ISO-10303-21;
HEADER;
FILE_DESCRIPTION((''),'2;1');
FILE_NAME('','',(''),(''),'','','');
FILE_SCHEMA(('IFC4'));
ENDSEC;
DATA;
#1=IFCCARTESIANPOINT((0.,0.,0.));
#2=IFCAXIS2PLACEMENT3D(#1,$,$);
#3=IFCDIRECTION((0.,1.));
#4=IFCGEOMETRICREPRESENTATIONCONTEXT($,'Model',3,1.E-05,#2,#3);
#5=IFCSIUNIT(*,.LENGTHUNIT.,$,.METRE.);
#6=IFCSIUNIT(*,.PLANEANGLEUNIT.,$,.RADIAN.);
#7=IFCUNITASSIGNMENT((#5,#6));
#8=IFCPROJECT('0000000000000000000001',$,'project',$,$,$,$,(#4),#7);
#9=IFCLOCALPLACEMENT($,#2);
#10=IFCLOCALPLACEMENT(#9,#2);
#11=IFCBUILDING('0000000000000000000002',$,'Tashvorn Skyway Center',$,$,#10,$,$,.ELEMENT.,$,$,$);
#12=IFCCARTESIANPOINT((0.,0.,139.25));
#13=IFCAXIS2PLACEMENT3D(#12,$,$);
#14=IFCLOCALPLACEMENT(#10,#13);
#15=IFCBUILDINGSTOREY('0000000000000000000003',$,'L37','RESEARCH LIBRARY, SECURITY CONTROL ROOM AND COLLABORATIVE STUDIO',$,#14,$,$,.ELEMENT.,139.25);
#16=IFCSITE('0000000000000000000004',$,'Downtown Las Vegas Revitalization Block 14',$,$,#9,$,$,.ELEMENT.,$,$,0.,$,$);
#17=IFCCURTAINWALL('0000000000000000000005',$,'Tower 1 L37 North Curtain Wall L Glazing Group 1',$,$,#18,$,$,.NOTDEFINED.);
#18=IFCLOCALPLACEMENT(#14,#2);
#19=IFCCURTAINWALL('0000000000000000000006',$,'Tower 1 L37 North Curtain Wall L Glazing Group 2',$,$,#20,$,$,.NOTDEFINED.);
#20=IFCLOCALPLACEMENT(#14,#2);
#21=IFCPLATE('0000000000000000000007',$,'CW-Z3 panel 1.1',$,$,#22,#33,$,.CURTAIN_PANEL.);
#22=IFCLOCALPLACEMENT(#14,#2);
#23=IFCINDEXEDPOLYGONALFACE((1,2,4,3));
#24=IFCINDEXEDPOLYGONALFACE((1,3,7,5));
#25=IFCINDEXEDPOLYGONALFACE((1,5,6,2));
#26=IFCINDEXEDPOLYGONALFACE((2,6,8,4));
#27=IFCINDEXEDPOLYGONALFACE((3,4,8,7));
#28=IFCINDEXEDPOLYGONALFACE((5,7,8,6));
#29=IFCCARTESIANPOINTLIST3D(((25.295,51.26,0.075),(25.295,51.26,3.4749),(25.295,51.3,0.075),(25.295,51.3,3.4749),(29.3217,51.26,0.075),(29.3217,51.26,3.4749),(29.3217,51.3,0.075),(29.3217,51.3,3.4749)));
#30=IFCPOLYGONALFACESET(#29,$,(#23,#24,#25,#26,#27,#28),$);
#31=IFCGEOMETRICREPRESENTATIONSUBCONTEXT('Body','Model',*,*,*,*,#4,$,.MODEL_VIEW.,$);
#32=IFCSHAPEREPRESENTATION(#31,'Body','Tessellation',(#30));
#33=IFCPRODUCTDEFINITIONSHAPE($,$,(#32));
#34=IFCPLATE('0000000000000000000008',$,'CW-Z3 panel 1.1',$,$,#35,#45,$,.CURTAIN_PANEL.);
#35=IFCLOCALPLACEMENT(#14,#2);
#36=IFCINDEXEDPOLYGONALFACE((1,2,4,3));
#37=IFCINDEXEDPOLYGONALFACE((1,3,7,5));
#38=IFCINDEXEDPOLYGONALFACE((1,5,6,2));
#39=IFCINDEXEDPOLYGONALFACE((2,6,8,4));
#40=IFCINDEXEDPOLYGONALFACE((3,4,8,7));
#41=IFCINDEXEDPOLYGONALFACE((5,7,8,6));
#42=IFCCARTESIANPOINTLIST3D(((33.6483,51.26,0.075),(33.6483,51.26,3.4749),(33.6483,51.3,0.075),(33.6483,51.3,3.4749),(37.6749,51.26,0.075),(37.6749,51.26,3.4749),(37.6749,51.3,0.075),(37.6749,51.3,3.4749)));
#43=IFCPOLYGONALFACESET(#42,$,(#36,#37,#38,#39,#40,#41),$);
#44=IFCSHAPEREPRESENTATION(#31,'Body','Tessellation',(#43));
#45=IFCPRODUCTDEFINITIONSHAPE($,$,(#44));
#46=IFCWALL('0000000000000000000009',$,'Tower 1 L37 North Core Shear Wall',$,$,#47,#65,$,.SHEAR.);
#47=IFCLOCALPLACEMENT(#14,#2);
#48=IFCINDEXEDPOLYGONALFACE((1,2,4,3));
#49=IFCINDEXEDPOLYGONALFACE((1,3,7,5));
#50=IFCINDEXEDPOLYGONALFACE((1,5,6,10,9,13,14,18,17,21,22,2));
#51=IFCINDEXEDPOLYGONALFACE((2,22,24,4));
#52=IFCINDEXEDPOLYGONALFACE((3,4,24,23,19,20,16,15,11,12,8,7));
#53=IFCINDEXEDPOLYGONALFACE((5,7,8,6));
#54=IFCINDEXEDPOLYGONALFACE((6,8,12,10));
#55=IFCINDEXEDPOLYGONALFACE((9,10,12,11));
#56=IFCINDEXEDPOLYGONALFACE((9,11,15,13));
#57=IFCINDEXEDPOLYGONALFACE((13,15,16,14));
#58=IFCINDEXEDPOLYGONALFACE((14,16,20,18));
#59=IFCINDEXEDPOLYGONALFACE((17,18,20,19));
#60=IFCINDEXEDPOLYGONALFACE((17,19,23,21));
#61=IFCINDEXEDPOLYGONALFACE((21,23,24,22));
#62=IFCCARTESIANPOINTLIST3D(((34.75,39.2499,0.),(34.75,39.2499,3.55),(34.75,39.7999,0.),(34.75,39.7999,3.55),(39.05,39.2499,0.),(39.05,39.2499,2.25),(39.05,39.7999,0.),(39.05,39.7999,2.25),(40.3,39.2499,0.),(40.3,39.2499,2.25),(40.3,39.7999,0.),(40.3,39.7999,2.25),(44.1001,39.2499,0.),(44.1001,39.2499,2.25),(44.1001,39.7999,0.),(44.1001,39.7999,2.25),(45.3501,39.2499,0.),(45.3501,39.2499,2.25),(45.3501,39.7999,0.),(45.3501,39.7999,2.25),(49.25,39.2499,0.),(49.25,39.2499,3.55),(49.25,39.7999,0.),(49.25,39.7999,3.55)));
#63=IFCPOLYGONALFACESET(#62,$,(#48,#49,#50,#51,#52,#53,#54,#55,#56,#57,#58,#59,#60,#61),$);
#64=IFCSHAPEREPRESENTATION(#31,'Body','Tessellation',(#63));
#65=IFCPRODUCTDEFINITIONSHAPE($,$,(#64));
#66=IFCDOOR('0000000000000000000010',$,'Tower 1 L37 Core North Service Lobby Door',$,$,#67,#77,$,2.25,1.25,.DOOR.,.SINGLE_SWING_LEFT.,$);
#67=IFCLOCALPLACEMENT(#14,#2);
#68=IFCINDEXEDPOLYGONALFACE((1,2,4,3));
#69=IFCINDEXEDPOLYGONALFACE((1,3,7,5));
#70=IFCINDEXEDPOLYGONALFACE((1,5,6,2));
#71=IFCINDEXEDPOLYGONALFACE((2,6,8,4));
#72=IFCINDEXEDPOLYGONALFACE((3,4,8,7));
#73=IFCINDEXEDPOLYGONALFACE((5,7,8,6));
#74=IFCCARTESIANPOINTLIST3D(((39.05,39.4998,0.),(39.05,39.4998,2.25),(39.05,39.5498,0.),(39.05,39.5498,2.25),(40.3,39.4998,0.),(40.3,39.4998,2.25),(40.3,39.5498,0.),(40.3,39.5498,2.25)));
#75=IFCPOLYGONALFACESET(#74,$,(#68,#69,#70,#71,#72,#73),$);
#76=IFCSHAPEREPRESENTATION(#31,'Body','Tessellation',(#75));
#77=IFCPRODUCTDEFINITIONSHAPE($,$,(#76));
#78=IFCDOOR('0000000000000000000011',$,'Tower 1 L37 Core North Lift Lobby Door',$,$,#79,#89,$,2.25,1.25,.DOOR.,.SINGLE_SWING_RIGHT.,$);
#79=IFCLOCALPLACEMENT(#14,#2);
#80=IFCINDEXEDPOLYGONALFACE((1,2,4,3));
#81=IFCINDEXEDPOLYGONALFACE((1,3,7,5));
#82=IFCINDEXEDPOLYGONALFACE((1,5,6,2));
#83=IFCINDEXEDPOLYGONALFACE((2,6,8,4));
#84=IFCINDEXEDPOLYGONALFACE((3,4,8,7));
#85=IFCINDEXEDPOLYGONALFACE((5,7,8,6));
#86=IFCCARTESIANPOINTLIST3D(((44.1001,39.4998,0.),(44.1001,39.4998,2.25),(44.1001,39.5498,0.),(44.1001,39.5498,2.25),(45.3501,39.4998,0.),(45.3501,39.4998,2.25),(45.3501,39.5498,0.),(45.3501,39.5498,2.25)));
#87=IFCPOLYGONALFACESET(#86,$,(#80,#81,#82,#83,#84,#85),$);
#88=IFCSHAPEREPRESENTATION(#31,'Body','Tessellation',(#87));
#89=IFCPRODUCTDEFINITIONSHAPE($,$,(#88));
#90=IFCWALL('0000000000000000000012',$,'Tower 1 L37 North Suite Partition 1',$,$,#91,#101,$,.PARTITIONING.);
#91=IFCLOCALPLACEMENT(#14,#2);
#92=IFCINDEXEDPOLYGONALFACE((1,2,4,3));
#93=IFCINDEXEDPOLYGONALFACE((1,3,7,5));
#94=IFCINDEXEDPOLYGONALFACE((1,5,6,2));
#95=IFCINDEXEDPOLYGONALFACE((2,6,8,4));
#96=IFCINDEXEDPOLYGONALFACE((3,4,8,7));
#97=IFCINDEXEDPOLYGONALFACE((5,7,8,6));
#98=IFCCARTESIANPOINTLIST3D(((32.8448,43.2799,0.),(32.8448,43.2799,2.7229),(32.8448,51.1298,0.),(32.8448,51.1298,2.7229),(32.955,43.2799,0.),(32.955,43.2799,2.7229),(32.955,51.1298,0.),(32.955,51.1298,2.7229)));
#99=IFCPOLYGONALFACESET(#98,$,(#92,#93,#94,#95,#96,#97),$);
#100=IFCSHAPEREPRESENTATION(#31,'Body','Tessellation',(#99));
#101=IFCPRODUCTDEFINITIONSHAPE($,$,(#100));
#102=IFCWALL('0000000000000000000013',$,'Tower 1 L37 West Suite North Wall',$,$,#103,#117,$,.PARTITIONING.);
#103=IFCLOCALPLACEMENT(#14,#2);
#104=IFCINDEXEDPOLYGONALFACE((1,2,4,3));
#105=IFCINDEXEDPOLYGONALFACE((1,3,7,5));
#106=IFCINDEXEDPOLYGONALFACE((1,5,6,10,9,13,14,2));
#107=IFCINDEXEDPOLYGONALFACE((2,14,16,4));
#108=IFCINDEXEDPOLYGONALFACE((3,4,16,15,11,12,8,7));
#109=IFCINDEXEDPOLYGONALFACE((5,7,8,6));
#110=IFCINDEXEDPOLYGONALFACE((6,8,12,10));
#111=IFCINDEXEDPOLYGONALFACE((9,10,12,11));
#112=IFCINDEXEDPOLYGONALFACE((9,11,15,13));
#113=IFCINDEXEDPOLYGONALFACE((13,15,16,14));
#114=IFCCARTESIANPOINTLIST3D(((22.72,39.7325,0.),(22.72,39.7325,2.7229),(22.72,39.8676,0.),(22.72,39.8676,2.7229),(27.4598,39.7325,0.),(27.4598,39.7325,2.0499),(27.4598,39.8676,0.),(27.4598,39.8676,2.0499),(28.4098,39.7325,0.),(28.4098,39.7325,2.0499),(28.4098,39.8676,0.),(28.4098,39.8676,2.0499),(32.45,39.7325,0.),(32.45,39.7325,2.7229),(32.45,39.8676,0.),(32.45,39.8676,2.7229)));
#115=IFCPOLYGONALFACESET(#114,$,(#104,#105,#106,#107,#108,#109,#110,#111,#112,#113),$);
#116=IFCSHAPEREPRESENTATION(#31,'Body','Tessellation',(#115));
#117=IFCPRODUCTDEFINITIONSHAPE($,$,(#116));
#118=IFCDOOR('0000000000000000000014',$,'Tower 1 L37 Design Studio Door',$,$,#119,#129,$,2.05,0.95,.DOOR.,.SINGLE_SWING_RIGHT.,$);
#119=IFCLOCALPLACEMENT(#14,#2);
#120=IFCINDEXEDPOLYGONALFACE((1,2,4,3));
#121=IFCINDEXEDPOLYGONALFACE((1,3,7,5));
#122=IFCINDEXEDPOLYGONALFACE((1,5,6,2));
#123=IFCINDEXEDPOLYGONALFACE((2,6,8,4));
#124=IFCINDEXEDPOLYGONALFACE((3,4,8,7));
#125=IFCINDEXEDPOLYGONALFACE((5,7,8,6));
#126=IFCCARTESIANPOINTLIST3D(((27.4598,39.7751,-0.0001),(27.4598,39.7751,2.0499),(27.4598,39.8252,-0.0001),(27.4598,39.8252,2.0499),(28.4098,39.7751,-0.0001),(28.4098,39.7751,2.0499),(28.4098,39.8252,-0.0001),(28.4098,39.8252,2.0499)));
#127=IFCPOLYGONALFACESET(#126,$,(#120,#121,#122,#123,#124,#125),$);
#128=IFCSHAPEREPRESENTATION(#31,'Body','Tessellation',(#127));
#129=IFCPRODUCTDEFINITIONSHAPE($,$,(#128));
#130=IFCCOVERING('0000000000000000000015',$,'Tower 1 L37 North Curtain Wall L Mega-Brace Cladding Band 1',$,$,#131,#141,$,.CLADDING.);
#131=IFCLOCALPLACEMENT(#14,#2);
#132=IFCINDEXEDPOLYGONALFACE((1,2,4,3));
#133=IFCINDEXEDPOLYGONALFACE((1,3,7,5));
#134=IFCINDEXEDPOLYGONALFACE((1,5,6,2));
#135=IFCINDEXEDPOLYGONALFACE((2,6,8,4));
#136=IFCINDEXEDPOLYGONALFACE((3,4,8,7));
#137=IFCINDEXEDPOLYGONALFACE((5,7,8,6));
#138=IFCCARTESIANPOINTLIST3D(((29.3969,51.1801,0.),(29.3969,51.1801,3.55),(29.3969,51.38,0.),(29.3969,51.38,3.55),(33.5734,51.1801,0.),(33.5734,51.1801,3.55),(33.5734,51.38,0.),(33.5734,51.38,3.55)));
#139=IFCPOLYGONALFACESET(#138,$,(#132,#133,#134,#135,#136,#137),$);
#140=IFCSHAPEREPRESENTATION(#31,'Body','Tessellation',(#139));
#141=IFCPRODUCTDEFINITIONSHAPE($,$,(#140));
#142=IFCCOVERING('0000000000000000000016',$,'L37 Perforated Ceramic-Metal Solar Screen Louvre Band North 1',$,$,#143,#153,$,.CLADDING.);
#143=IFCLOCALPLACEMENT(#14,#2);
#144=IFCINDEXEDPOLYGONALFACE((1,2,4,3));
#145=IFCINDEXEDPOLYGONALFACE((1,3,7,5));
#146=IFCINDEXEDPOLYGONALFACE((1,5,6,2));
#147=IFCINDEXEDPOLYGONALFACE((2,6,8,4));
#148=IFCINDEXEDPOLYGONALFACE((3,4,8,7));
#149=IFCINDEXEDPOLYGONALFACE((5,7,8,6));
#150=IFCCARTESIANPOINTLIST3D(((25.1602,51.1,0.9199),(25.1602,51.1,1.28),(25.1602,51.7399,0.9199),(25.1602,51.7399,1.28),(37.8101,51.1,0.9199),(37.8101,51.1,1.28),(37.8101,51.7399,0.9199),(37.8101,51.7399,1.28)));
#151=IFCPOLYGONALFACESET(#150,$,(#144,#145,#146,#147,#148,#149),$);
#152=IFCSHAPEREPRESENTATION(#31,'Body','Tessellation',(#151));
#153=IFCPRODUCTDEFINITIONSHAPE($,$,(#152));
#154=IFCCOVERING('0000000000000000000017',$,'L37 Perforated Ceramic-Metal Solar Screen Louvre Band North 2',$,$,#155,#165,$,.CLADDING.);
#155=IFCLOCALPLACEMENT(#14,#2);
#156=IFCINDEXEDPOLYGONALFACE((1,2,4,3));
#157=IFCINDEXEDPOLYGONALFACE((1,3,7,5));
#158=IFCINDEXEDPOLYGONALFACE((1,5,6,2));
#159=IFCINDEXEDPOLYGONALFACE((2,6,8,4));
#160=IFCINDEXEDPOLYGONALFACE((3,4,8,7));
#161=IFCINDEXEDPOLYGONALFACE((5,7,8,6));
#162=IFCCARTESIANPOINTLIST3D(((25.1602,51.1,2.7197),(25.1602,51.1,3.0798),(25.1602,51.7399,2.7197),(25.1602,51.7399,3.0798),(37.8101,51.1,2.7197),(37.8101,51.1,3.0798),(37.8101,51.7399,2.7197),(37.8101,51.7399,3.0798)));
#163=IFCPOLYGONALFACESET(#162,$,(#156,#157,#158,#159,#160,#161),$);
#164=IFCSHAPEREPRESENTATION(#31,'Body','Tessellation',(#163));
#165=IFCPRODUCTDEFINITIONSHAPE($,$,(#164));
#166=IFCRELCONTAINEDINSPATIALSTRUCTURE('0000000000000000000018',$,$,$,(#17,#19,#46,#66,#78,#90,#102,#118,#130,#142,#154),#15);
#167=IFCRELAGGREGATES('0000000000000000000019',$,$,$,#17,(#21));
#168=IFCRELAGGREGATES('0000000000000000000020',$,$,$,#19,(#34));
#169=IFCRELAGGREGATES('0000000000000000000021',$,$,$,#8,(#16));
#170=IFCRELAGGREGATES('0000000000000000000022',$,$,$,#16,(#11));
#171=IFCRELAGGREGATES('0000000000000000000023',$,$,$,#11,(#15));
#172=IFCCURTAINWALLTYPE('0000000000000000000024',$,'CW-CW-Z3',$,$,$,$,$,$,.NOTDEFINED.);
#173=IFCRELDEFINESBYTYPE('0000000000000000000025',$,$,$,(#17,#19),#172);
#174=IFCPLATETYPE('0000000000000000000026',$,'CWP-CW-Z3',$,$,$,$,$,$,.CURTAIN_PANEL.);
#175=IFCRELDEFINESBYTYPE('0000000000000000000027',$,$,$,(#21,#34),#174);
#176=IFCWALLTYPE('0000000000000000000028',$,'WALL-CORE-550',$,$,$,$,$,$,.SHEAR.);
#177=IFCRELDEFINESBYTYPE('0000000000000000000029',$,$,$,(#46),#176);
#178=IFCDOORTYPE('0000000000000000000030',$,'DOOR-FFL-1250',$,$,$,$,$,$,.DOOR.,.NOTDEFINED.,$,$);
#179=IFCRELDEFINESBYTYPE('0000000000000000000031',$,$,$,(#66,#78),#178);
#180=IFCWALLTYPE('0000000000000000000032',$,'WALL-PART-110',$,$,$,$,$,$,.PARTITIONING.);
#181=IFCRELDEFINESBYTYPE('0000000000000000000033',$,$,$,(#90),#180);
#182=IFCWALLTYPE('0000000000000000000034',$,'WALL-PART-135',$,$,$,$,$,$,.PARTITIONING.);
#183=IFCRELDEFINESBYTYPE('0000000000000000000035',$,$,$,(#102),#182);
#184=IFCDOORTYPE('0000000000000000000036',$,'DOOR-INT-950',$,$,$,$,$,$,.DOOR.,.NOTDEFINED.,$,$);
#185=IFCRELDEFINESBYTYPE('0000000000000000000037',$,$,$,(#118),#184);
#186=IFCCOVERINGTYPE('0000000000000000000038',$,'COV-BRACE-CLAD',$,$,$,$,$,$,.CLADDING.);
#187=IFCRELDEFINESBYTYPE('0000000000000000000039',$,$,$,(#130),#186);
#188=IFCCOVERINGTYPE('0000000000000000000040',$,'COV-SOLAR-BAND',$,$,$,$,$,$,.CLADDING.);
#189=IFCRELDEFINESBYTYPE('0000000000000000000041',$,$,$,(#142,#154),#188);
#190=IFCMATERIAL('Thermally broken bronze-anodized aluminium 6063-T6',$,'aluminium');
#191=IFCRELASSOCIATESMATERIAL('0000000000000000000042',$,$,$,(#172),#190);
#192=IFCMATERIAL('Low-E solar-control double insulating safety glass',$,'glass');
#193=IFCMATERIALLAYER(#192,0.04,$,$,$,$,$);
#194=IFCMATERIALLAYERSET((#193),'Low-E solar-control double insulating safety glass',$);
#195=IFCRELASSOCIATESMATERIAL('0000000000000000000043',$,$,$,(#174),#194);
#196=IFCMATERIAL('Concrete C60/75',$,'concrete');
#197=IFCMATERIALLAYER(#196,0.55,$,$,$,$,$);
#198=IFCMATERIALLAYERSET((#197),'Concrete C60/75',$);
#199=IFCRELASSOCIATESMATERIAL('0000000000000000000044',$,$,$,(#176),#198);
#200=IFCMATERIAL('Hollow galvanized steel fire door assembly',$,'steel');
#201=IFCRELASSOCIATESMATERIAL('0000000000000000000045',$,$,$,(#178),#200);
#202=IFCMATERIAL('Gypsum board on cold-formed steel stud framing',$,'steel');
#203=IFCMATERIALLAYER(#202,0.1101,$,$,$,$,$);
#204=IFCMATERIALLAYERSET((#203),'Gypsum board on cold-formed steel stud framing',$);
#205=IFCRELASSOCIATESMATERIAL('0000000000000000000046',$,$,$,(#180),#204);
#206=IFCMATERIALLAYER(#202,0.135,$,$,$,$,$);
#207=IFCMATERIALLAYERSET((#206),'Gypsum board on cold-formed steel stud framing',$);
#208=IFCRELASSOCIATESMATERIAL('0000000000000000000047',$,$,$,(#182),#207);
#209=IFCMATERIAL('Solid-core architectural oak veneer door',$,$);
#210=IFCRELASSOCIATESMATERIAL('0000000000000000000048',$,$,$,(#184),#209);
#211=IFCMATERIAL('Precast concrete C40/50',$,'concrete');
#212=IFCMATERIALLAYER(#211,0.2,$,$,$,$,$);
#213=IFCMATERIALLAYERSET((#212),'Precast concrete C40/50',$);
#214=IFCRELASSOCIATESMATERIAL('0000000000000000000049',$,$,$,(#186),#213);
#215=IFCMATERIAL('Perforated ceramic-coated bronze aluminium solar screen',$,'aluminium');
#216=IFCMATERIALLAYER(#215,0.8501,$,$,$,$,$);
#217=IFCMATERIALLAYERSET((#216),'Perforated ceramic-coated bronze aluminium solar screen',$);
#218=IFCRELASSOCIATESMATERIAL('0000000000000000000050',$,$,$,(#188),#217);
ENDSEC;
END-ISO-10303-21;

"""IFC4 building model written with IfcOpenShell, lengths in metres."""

from ifc_helpers import new_model, si_unit, direction, frame, frame_2d, origin, origin_2d, place, context, subcontext, project, spatial, rectangle, extrude, material, layer, layer_set, type_object, element, fill, aggregate, save


model = new_model("IFC4")

# Units and contexts
model_context = context("Model", 3, precision=1e-05, world=origin(), true_north=direction((0.0, 1.0)))
body_context = subcontext(model_context, "Body", "Model", "MODEL_VIEW")
ifc_project = project(units=[si_unit("LENGTHUNIT", "METRE"), si_unit("PLANEANGLEUNIT", "RADIAN")], contexts=[model_context])

# Site, building, storey
site_placement = place(None, origin())
site = spatial("IfcSite", under=ifc_project, at=site_placement, Name="Downtown Las Vegas Revitalization Block 14", CompositionType="ELEMENT", RefElevation=0.0)
building_placement = place(site_placement, origin())
building = spatial("IfcBuilding", under=site, at=building_placement, Name="Tashvorn Skyway Center", CompositionType="ELEMENT")
storey_placement = place(building_placement, frame((0.0, 0.0, 139.25)))
storey = spatial("IfcBuildingStorey", under=building, at=storey_placement, Name="L37", Description="RESEARCH LIBRARY, SECURITY CONTROL ROOM AND COLLABORATIVE STUDIO", CompositionType="ELEMENT", Elevation=139.25)

# Curtain wall
ifc_material_1 = material(Name="Thermally broken bronze-anodized aluminium 6063-T6", Category="aluminium")
curtain_wall_type = type_object("IfcCurtainWallType", Name="CW-CW-Z3", PredefinedType="NOTDEFINED", material=ifc_material_1)
curtain_wall_1_placement = place(storey_placement, origin())
curtain_wall_1 = element("IfcCurtainWall", 1, at=curtain_wall_1_placement, inside=storey, type_object=curtain_wall_type, Name="Tower 1 L37 North Curtain Wall L Glazing Group 1", PredefinedType="NOTDEFINED")

# Curtain wall
curtain_wall_2_placement = place(storey_placement, origin())
curtain_wall_2 = element("IfcCurtainWall", 2, at=curtain_wall_2_placement, inside=storey, type_object=curtain_wall_type, Name="Tower 1 L37 North Curtain Wall L Glazing Group 2", PredefinedType="NOTDEFINED")

# Plates
ifc_material_2 = material(Name="Low-E solar-control double insulating safety glass", Category="glass")
ifc_layer_1 = layer(ifc_material_2, 0.04)
ifc_layer_set_1 = layer_set([ifc_layer_1], Name="Low-E solar-control double insulating safety glass")
plate_type = type_object("IfcPlateType", Name="CWP-CW-Z3", PredefinedType="CURTAIN_PANEL", material=ifc_layer_set_1)
plate_1_placement = place(storey_placement, frame((27.3083, 51.28, 0.075), z_axis=(0.0, 0.0, 1.0), x_axis=(1.0, 0.0, 0.0)))
plate_1 = element("IfcPlate", 3, at=plate_1_placement, type_object=plate_type, Name="CW-Z3 panel 1.1", PredefinedType="CURTAIN_PANEL", context=body_context, shape_type="SweptSolid", body=[
    extrude(rectangle(XDim=4.0266, YDim=0.04, at=origin_2d()), origin(), (0.0, 0.0, 1.0), 3.3999),
])
aggregate(curtain_wall_1, [plate_1])
plate_2_placement = place(storey_placement, frame((35.6616, 51.28, 0.075), z_axis=(0.0, 0.0, 1.0), x_axis=(1.0, 0.0, 0.0)))
plate_2 = element("IfcPlate", 4, at=plate_2_placement, type_object=plate_type, Name="CW-Z3 panel 1.1", PredefinedType="CURTAIN_PANEL", context=body_context, shape_type="SweptSolid", body=[
    extrude(rectangle(XDim=4.0266, YDim=0.04, at=origin_2d()), origin(), (0.0, 0.0, 1.0), 3.3999),
])
aggregate(curtain_wall_2, [plate_2])

# Wall, openings, doors
ifc_material_3 = material(Name="Concrete C60/75", Category="concrete")
ifc_layer_2 = layer(ifc_material_3, 0.55)
ifc_layer_set_2 = layer_set([ifc_layer_2], Name="Concrete C60/75")
wall_type_1 = type_object("IfcWallType", Name="WALL-CORE-550", PredefinedType="SHEAR", material=ifc_layer_set_2)
wall_1_placement = place(storey_placement, frame((34.75, 39.5249, 0.0), z_axis=(0.0, 0.0, 1.0), x_axis=(1.0, 0.0, 0.0)))
wall_1 = element("IfcWall", 5, at=wall_1_placement, inside=storey, type_object=wall_type_1, Name="Tower 1 L37 North Core Shear Wall", PredefinedType="SHEAR", context=body_context, shape_type="SweptSolid", body=[
    extrude(rectangle(XDim=14.5, YDim=0.55, at=frame_2d((7.25, 0.0))), origin(), (0.0, 0.0, 1.0), 3.55),
])
opening_1_placement = place(wall_1_placement, frame((4.3, 0.0, 0.0)))
opening_1 = element("IfcOpeningElement", 6, at=opening_1_placement, cuts=wall_1, PredefinedType="OPENING", context=body_context, shape_type="SweptSolid", body=[
    extrude(rectangle(XDim=1.25, YDim=2.25, at=frame_2d((0.625, 1.125))), frame((0.0, 0.2849, 0.0), z_axis=(0.0, -1.0, 0.0), x_axis=(1.0, 0.0, 0.0)), (0.0, 0.0, 1.0), 0.5701),
])
opening_2_placement = place(wall_1_placement, frame((9.3501, 0.0, 0.0)))
opening_2 = element("IfcOpeningElement", 7, at=opening_2_placement, cuts=wall_1, PredefinedType="OPENING", context=body_context, shape_type="SweptSolid", body=[
    extrude(rectangle(XDim=1.25, YDim=2.25, at=frame_2d((0.625, 1.125))), frame((0.0, 0.2849, 0.0), z_axis=(0.0, -1.0, 0.0), x_axis=(1.0, 0.0, 0.0)), (0.0, 0.0, 1.0), 0.5701),
])
ifc_material_4 = material(Name="Hollow galvanized steel fire door assembly", Category="steel")
door_type_1 = type_object("IfcDoorType", Name="DOOR-FFL-1250", OperationType="NOTDEFINED", PredefinedType="DOOR", material=ifc_material_4)
door_1_placement = place(opening_1_placement, origin())
door_1 = element("IfcDoor", 8, at=door_1_placement, inside=storey, type_object=door_type_1, Name="Tower 1 L37 Core North Service Lobby Door", OperationType="SINGLE_SWING_LEFT", OverallHeight=2.25, OverallWidth=1.25, PredefinedType="DOOR", context=body_context, shape_type="SweptSolid", body=[
    extrude(rectangle(XDim=1.25, YDim=2.25, at=frame_2d((0.625, 1.125))), frame((0.0, 0.0249, 0.0), z_axis=(0.0, -1.0, 0.0), x_axis=(1.0, 0.0, 0.0)), (0.0, 0.0, 1.0), 0.05),
])
fill(opening_1, door_1)
door_2_placement = place(opening_2_placement, origin())
door_2 = element("IfcDoor", 9, at=door_2_placement, inside=storey, type_object=door_type_1, Name="Tower 1 L37 Core North Lift Lobby Door", OperationType="SINGLE_SWING_RIGHT", OverallHeight=2.25, OverallWidth=1.25, PredefinedType="DOOR", context=body_context, shape_type="SweptSolid", body=[
    extrude(rectangle(XDim=1.25, YDim=2.25, at=frame_2d((0.625, 1.125))), frame((0.0, 0.0249, 0.0), z_axis=(0.0, -1.0, 0.0), x_axis=(1.0, 0.0, 0.0)), (0.0, 0.0, 1.0), 0.05),
])
fill(opening_2, door_2)

# Wall
ifc_material_5 = material(Name="Gypsum board on cold-formed steel stud framing", Category="steel")
ifc_layer_3 = layer(ifc_material_5, 0.1101)
ifc_layer_set_3 = layer_set([ifc_layer_3], Name="Gypsum board on cold-formed steel stud framing")
wall_type_2 = type_object("IfcWallType", Name="WALL-PART-110", PredefinedType="PARTITIONING", material=ifc_layer_set_3)
wall_2_placement = place(storey_placement, frame((32.8999, 43.28, 0.0), z_axis=(0.0, 0.0, 1.0), x_axis=(0.0, 1.0, 0.0)))
element("IfcWall", 10, at=wall_2_placement, inside=storey, type_object=wall_type_2, Name="Tower 1 L37 North Suite Partition 1", PredefinedType="PARTITIONING", context=body_context, shape_type="SweptSolid", body=[
    extrude(rectangle(XDim=7.8499, YDim=0.1101, at=frame_2d((3.9248, 0.0))), origin(), (0.0, 0.0, 1.0), 2.7229),
])

# Wall, opening, door
ifc_layer_4 = layer(ifc_material_5, 0.135)
ifc_layer_set_4 = layer_set([ifc_layer_4], Name="Gypsum board on cold-formed steel stud framing")
wall_type_3 = type_object("IfcWallType", Name="WALL-PART-135", PredefinedType="PARTITIONING", material=ifc_layer_set_4)
wall_3_placement = place(storey_placement, frame((32.45, 39.8, 0.0), z_axis=(0.0, 0.0, 1.0), x_axis=(-1.0, 0.0, 0.0)))
wall_3 = element("IfcWall", 11, at=wall_3_placement, inside=storey, type_object=wall_type_3, Name="Tower 1 L37 West Suite North Wall", PredefinedType="PARTITIONING", context=body_context, shape_type="SweptSolid", body=[
    extrude(rectangle(XDim=9.73, YDim=0.135, at=frame_2d((4.865, 0.0))), origin(), (0.0, 0.0, 1.0), 2.7229),
])
opening_3_placement = place(wall_3_placement, frame((4.04, 0.0, 0.0)))
opening_3 = element("IfcOpeningElement", 12, at=opening_3_placement, cuts=wall_3, PredefinedType="OPENING", context=body_context, shape_type="SweptSolid", body=[
    extrude(rectangle(XDim=0.95, YDim=2.05, at=frame_2d((0.4751, 1.0249))), frame((0.0, 0.0774, 0.0), z_axis=(0.0, -1.0, 0.0), x_axis=(1.0, 0.0, 0.0)), (0.0, 0.0, 1.0), 0.155),
])
ifc_material_6 = material(Name="Solid-core architectural oak veneer door")
door_type_2 = type_object("IfcDoorType", Name="DOOR-INT-950", OperationType="NOTDEFINED", PredefinedType="DOOR", material=ifc_material_6)
door_3_placement = place(opening_3_placement, origin())
door_3 = element("IfcDoor", 13, at=door_3_placement, inside=storey, type_object=door_type_2, Name="Tower 1 L37 Design Studio Door", OperationType="SINGLE_SWING_RIGHT", OverallHeight=2.05, OverallWidth=0.95, PredefinedType="DOOR", context=body_context, shape_type="SweptSolid", body=[
    extrude(rectangle(XDim=0.95, YDim=2.05, at=frame_2d((0.4751, 1.0249))), frame((0.0, 0.0249, 0.0), z_axis=(0.0, -1.0, 0.0), x_axis=(1.0, 0.0, 0.0)), (0.0, 0.0, 1.0), 0.05),
])
fill(opening_3, door_3)

# Coverings
ifc_material_7 = material(Name="Precast concrete C40/50", Category="concrete")
ifc_layer_5 = layer(ifc_material_7, 0.2)
ifc_layer_set_5 = layer_set([ifc_layer_5], Name="Precast concrete C40/50")
covering_type_1 = type_object("IfcCoveringType", Name="COV-BRACE-CLAD", PredefinedType="CLADDING", material=ifc_layer_set_5)
covering_placement = place(storey_placement, frame((31.4851, 51.28, 0.0), z_axis=(0.0, 0.0, 1.0), x_axis=(1.0, 0.0, 0.0)))
element("IfcCovering", 14, at=covering_placement, inside=storey, type_object=covering_type_1, Name="Tower 1 L37 North Curtain Wall L Mega-Brace Cladding Band 1", PredefinedType="CLADDING", context=body_context, shape_type="SweptSolid", body=[
    extrude(rectangle(XDim=4.1765, YDim=0.2, at=origin_2d()), origin(), (0.0, 0.0, 1.0), 3.55),
])
ifc_material_8 = material(Name="Perforated ceramic-coated bronze aluminium solar screen", Category="aluminium")
ifc_layer_6 = layer(ifc_material_8, 0.8501)
ifc_layer_set_6 = layer_set([ifc_layer_6], Name="Perforated ceramic-coated bronze aluminium solar screen")
covering_type_2 = type_object("IfcCoveringType", Name="COV-SOLAR-BAND", PredefinedType="CLADDING", material=ifc_layer_set_6)
for number, where, z_axis, x_axis, name in (
    (15, (31.4851, 51.4199, 0.9199), (0.0, 0.0, 1.0), (1.0, 0.0, 0.0), "L37 Perforated Ceramic-Metal Solar Screen Louvre Band North 1"),
    (16, (31.4851, 51.4199, 2.7197), (0.0, 0.0, 1.0), (1.0, 0.0, 0.0), "L37 Perforated Ceramic-Metal Solar Screen Louvre Band North 2"),
):
    element("IfcCovering", number, at=place(storey_placement, frame(where, z_axis=z_axis, x_axis=x_axis)), inside=storey, type_object=covering_type_2, Name=name, PredefinedType="CLADDING", context=body_context, shape_type="SweptSolid", body=[
        extrude(rectangle(XDim=12.6499, YDim=0.6399, at=origin_2d()), origin(), (0.0, 0.0, 1.0), 0.3601),
    ])

save(model, "model.ifc")
